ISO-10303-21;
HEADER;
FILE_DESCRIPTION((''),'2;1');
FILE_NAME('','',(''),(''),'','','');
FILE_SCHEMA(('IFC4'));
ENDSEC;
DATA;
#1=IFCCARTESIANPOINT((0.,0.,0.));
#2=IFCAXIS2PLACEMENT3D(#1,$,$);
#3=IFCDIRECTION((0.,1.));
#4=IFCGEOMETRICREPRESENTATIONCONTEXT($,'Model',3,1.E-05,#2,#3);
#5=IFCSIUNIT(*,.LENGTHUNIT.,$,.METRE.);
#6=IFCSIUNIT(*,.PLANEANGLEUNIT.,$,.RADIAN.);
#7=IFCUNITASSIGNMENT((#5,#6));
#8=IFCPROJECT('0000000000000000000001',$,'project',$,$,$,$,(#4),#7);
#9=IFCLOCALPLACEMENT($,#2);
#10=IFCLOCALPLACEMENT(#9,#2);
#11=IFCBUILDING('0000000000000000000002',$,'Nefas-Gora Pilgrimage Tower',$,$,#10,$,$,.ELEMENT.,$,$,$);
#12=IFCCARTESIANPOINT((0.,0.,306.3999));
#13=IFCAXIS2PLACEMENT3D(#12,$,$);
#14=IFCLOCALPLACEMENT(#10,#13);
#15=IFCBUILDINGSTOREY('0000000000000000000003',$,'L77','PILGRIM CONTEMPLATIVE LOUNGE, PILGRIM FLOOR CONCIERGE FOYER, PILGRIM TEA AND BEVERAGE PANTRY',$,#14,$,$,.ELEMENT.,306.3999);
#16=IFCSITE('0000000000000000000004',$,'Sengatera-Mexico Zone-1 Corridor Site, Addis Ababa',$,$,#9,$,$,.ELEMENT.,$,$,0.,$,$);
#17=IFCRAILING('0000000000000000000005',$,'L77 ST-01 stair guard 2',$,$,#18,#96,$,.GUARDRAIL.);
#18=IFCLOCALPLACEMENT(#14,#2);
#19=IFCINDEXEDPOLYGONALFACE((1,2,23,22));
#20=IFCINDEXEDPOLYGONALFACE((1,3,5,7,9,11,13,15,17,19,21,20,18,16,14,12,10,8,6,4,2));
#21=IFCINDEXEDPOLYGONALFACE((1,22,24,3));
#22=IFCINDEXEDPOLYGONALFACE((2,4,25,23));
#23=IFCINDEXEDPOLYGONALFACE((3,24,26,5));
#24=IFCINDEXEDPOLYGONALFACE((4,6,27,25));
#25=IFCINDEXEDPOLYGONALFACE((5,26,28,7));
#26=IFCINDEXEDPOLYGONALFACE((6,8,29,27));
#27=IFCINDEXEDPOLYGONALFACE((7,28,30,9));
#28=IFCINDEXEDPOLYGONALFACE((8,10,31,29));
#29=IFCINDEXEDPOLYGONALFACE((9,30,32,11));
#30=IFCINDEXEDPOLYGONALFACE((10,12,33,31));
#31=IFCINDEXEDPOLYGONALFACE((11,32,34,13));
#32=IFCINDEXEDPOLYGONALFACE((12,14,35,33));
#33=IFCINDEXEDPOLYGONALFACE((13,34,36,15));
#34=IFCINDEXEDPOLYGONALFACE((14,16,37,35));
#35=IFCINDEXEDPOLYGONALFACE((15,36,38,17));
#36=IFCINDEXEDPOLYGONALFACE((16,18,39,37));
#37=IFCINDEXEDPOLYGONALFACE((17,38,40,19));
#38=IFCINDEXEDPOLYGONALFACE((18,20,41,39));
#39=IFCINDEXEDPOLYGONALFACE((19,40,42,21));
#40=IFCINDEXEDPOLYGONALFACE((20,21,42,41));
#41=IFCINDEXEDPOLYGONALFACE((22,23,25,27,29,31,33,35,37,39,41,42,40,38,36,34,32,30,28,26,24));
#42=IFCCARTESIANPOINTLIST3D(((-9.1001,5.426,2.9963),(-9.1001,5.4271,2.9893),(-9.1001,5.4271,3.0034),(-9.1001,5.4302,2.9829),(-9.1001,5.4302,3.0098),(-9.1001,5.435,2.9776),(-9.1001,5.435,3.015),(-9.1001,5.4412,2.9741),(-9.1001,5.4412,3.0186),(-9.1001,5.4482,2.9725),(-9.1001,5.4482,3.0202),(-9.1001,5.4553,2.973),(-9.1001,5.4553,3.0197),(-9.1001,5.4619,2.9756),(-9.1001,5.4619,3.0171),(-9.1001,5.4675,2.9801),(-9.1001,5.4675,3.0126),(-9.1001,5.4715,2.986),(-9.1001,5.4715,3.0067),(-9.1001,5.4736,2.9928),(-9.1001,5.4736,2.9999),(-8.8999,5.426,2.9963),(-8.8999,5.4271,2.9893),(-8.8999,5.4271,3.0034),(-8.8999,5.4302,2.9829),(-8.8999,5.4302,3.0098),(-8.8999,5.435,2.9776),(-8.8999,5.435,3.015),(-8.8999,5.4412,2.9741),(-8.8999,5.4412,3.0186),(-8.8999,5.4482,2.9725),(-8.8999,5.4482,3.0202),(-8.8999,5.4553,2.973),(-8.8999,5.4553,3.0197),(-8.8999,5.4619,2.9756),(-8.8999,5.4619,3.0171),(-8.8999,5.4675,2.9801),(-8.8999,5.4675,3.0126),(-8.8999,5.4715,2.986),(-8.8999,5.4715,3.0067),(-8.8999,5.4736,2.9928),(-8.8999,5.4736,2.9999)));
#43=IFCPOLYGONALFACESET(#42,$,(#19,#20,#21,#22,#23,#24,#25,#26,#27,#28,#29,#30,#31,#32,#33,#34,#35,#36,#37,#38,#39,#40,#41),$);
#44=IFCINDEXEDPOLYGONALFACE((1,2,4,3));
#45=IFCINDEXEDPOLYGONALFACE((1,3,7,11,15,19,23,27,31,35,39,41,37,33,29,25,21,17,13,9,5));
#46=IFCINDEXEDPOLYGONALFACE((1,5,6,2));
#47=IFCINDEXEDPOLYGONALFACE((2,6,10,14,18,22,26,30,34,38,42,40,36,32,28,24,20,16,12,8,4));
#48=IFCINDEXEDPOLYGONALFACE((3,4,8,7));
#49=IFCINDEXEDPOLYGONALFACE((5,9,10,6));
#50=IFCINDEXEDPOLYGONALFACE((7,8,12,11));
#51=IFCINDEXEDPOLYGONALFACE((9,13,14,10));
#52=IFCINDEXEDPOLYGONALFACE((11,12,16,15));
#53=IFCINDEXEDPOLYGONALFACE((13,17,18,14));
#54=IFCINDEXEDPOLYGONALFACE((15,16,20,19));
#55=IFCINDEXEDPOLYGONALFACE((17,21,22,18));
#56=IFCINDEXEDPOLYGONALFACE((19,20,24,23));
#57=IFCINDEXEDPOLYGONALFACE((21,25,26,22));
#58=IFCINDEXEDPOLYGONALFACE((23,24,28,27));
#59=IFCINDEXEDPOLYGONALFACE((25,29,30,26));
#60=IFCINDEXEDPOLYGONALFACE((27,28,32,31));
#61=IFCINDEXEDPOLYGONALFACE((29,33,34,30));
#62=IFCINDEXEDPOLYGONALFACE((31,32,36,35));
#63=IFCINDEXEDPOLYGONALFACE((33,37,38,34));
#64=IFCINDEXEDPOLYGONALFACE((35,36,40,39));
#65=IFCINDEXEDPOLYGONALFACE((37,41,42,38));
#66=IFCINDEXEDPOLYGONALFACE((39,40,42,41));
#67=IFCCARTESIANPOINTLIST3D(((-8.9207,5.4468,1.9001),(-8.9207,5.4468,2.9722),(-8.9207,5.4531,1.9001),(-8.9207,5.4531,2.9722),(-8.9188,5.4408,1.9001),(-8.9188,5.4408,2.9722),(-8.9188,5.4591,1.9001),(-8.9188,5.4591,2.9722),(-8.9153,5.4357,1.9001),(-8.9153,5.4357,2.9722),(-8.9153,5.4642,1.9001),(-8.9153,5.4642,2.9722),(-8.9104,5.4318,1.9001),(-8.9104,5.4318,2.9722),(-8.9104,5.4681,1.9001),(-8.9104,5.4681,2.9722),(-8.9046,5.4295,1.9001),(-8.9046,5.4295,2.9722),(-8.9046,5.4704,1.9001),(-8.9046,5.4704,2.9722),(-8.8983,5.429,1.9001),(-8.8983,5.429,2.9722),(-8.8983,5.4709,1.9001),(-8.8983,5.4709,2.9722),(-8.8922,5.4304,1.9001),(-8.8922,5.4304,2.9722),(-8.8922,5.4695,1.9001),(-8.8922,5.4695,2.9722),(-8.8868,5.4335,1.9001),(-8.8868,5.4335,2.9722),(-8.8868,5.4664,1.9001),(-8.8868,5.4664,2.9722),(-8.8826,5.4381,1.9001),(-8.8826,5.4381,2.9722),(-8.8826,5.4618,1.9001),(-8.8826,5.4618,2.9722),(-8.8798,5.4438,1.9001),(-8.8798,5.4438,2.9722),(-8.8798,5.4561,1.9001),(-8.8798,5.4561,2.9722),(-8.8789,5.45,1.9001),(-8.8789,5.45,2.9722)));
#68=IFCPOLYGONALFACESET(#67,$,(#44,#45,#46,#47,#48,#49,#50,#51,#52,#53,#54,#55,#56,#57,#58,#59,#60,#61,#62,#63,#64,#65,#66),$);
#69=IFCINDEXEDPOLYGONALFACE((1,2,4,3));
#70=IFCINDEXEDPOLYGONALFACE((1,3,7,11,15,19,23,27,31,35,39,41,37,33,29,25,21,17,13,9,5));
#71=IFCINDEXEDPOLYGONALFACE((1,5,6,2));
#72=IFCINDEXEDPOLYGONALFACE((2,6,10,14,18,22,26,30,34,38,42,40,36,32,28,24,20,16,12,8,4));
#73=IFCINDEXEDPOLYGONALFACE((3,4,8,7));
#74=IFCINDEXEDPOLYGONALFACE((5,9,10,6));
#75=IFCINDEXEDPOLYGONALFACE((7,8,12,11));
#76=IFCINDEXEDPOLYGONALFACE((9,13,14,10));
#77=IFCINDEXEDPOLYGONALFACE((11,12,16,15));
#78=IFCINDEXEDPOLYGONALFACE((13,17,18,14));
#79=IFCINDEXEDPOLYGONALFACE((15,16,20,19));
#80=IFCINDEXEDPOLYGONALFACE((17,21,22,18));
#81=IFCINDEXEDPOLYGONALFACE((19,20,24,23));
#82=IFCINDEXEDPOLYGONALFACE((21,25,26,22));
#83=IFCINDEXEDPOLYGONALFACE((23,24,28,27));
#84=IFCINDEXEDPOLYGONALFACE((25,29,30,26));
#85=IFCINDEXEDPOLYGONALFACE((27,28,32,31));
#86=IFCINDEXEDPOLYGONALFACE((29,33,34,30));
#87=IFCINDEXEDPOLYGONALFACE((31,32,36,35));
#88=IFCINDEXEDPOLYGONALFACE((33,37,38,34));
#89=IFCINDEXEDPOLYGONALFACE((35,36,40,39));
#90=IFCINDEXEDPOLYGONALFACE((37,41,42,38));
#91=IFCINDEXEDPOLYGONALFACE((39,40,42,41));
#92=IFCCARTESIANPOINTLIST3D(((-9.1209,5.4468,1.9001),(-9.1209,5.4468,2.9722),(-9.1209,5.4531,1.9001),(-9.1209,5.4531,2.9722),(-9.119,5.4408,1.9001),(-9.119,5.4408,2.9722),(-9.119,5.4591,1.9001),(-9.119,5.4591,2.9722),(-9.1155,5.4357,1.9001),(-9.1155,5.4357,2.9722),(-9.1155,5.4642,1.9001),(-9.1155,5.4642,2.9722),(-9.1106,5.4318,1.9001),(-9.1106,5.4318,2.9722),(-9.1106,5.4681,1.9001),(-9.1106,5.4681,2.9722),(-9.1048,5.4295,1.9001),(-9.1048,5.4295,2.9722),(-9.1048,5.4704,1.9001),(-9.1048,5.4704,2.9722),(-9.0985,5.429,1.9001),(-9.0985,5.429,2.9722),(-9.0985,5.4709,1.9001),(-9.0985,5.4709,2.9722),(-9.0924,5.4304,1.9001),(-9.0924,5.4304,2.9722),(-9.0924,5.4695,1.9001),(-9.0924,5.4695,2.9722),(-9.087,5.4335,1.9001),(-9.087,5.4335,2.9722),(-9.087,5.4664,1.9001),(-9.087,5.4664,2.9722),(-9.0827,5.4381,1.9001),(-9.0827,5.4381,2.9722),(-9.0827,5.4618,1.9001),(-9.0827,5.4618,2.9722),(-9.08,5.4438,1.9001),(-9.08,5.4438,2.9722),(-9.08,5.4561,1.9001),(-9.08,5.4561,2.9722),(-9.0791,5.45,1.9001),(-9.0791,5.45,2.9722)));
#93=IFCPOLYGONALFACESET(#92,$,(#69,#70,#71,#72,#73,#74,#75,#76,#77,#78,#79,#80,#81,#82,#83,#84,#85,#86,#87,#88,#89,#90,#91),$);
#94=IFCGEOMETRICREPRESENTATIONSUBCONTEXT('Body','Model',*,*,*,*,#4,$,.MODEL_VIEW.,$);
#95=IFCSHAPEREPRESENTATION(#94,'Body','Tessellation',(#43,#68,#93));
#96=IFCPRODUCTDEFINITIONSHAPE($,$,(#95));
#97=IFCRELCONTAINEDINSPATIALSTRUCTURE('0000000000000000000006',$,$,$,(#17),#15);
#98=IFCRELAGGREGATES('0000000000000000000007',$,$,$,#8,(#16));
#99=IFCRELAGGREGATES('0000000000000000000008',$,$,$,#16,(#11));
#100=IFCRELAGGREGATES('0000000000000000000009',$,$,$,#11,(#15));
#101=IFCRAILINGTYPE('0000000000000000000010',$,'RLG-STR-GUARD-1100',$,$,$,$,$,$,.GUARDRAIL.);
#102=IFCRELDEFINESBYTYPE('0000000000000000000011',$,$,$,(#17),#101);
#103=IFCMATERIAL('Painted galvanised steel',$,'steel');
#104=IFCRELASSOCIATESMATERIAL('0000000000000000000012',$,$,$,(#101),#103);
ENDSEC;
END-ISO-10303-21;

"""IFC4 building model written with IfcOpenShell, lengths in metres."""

from ifc_helpers import new_model, si_unit, direction, frame, origin, origin_2d, place, context, subcontext, project, spatial, circle, extrude, material, type_object, element, save


model = new_model("IFC4")

# Units and contexts
model_context = context("Model", 3, precision=1e-05, world=origin(), true_north=direction((0.0, 1.0)))
body_context = subcontext(model_context, "Body", "Model", "MODEL_VIEW")
ifc_project = project(units=[si_unit("LENGTHUNIT", "METRE"), si_unit("PLANEANGLEUNIT", "RADIAN")], contexts=[model_context])

# Site, building, storey
site_placement = place(None, origin())
site = spatial("IfcSite", under=ifc_project, at=site_placement, Name="Sengatera-Mexico Zone-1 Corridor Site, Addis Ababa", CompositionType="ELEMENT", RefElevation=0.0)
building_placement = place(site_placement, origin())
building = spatial("IfcBuilding", under=site, at=building_placement, Name="Nefas-Gora Pilgrimage Tower", CompositionType="ELEMENT")
storey_placement = place(building_placement, frame((0.0, 0.0, 306.3999)))
storey = spatial("IfcBuildingStorey", under=building, at=storey_placement, Name="L77", Description="PILGRIM CONTEMPLATIVE LOUNGE, PILGRIM FLOOR CONCIERGE FOYER, PILGRIM TEA AND BEVERAGE PANTRY", CompositionType="ELEMENT", Elevation=306.3999)

# Railing
ifc_material_1 = material(Name="Painted galvanised steel", Category="steel")
railing_type_1 = type_object("IfcRailingType", Name="RLG-STR-GUARD-1100", PredefinedType="GUARDRAIL", material=ifc_material_1)
railing_1_placement = place(storey_placement, frame((-8.8999, 5.45, 1.9001)))
element("IfcRailing", 1, at=railing_1_placement, inside=storey, type_object=railing_type_1, Name="L77 ST-01 stair guard 2", PredefinedType="GUARDRAIL", context=body_context, shape_type="SweptSolid", body=[
    extrude(circle(Radius=0.0239, at=origin_2d()), frame((0.0, 0.0, 1.0962), z_axis=(-1.0, 0.0, 0.0), x_axis=(0.0, -1.0, 0.0)), (0.0, 0.0, 1.0), 0.2002),
    extrude(circle(Radius=0.021, at=origin_2d()), origin(), (0.0, 0.0, 1.0), 1.072),
    extrude(circle(Radius=0.021, at=origin_2d()), frame((-0.2002, 0.0, 0.0)), (0.0, 0.0, 1.0), 1.072),
])

save(model, "model.ifc")
